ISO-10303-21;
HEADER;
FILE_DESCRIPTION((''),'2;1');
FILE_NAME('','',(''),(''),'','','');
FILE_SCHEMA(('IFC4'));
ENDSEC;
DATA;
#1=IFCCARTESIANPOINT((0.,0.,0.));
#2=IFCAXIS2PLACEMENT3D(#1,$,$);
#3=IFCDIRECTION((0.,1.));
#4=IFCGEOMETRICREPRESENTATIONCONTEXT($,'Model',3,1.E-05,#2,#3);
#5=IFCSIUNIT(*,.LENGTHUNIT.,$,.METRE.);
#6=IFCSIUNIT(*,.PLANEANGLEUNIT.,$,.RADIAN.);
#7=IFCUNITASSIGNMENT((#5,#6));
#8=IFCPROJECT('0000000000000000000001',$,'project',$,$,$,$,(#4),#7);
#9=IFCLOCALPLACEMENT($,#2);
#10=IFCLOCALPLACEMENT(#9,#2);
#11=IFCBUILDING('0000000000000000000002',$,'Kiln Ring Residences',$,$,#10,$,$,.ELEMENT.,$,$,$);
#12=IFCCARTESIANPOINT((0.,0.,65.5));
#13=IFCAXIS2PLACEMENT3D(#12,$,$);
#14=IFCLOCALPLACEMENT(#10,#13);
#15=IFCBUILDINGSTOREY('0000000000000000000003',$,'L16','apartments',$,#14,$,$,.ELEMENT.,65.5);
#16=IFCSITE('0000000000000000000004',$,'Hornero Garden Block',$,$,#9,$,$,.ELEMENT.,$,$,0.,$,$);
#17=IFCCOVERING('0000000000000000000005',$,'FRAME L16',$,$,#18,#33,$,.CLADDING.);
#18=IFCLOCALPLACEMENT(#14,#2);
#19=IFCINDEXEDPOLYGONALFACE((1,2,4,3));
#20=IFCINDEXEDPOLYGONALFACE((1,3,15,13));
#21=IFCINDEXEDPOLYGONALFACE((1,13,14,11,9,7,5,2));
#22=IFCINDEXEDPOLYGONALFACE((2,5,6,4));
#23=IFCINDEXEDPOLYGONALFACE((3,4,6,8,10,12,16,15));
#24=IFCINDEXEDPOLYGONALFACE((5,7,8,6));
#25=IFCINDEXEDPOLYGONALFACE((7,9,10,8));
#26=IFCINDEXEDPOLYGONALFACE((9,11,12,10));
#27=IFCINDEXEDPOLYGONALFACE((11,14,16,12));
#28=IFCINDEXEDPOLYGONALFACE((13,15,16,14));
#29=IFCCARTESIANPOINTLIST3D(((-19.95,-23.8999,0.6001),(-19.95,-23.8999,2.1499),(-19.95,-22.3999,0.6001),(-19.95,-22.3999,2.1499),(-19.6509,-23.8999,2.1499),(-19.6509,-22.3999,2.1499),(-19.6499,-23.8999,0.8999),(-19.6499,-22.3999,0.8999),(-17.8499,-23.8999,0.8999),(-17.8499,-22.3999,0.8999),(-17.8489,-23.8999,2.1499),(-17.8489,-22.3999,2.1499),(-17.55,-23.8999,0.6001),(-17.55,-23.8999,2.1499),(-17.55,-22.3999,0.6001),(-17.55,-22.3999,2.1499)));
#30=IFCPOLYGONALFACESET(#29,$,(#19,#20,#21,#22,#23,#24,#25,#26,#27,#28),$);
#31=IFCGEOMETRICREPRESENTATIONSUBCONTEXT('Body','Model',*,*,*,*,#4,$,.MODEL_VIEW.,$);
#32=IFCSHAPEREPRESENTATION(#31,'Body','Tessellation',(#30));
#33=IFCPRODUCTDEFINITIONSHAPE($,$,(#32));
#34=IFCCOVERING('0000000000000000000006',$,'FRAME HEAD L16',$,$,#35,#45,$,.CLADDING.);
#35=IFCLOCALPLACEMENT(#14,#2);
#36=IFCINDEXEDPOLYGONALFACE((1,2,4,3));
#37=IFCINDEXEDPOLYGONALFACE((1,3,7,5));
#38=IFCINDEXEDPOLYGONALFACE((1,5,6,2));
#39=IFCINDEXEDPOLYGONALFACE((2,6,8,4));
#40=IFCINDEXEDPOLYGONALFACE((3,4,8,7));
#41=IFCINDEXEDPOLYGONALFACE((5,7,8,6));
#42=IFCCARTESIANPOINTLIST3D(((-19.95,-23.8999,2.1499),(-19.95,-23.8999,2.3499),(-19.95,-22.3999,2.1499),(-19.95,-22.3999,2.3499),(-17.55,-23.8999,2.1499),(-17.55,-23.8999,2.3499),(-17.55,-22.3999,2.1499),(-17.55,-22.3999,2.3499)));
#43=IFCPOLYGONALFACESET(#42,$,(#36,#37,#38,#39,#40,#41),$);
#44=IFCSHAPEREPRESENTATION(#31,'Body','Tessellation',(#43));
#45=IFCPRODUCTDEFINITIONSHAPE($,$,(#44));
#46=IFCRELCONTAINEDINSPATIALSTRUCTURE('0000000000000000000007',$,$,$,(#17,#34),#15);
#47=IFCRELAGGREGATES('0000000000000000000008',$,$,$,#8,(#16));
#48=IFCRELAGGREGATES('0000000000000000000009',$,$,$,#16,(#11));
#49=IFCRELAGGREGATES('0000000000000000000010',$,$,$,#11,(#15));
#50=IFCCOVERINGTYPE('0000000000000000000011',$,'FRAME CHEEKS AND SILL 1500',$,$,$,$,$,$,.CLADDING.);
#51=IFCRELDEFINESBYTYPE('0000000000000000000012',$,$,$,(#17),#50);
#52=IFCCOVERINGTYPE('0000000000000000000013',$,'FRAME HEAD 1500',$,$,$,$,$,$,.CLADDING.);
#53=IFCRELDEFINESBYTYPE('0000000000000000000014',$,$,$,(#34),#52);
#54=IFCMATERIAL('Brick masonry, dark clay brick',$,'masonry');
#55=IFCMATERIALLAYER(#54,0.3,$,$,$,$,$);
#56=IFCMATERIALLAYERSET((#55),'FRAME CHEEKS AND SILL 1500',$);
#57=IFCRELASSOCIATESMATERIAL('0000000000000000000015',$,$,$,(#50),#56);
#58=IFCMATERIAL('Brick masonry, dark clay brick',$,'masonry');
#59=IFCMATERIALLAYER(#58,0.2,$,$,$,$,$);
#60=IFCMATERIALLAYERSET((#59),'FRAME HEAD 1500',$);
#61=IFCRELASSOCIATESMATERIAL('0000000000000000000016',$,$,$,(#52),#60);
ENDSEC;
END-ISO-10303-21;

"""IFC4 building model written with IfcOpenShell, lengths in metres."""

from ifc_helpers import new_model, si_unit, direction, frame, origin, origin_2d, place, context, subcontext, project, spatial, polyline, rectangle, outline, extrude, material, layer, layer_set, type_object, element, save


model = new_model("IFC4")

# Units and contexts
model_context = context("Model", 3, precision=1e-05, world=origin(), true_north=direction((0.0, 1.0)))
body_context = subcontext(model_context, "Body", "Model", "MODEL_VIEW")
ifc_project = project(units=[si_unit("LENGTHUNIT", "METRE"), si_unit("PLANEANGLEUNIT", "RADIAN")], contexts=[model_context])

# Site, building, storey
site_placement = place(None, origin())
site = spatial("IfcSite", under=ifc_project, at=site_placement, Name="Hornero Garden Block", CompositionType="ELEMENT", RefElevation=0.0)
building_placement = place(site_placement, origin())
building = spatial("IfcBuilding", under=site, at=building_placement, Name="Kiln Ring Residences", CompositionType="ELEMENT")
storey_placement = place(building_placement, frame((0.0, 0.0, 65.5)))
storey = spatial("IfcBuildingStorey", under=building, at=storey_placement, Name="L16", Description="apartments", CompositionType="ELEMENT", Elevation=65.5)

# Coverings
ifc_material_1 = material(Name="Brick masonry, dark clay brick", Category="masonry")
ifc_layer_1 = layer(ifc_material_1, 0.3)
ifc_layer_set_1 = layer_set([ifc_layer_1], Name="FRAME CHEEKS AND SILL 1500")
covering_type_1 = type_object("IfcCoveringType", Name="FRAME CHEEKS AND SILL 1500", PredefinedType="CLADDING", material=ifc_layer_set_1)
covering_1_placement = place(storey_placement, frame((-19.95, -23.1499, 0.6001), z_axis=(0.0, 0.0, 1.0), x_axis=(1.0, 0.0, 0.0)))
element("IfcCovering", 1, at=covering_1_placement, inside=storey, type_object=covering_type_1, Name="FRAME L16", PredefinedType="CLADDING", context=body_context, shape_type="SweptSolid", body=[
    extrude(outline(polyline([(0.0, 0.0), (2.3999, 0.0), (2.3999, 1.5498), (2.1011, 1.5498), (2.1001, 0.2998), (0.3, 0.2998), (0.2991, 1.5498), (0.0, 1.5498), (0.0, 0.0)])), frame((0.0, 0.75, 0.0), z_axis=(0.0, -1.0, 0.0), x_axis=(1.0, 0.0, 0.0)), (0.0, 0.0, 1.0), 1.5),
])
ifc_material_2 = material(Name="Brick masonry, dark clay brick", Category="masonry")
ifc_layer_2 = layer(ifc_material_2, 0.2)
ifc_layer_set_2 = layer_set([ifc_layer_2], Name="FRAME HEAD 1500")
covering_type_2 = type_object("IfcCoveringType", Name="FRAME HEAD 1500", PredefinedType="CLADDING", material=ifc_layer_set_2)
covering_2_placement = place(storey_placement, frame((-18.75, -23.1499, 2.1499), z_axis=(0.0, 0.0, 1.0), x_axis=(1.0, 0.0, 0.0)))
element("IfcCovering", 2, at=covering_2_placement, inside=storey, type_object=covering_type_2, Name="FRAME HEAD L16", PredefinedType="CLADDING", context=body_context, shape_type="SweptSolid", body=[
    extrude(rectangle(XDim=2.3999, YDim=1.5, at=origin_2d()), origin(), (0.0, 0.0, 1.0), 0.2),
])

save(model, "model.ifc")
